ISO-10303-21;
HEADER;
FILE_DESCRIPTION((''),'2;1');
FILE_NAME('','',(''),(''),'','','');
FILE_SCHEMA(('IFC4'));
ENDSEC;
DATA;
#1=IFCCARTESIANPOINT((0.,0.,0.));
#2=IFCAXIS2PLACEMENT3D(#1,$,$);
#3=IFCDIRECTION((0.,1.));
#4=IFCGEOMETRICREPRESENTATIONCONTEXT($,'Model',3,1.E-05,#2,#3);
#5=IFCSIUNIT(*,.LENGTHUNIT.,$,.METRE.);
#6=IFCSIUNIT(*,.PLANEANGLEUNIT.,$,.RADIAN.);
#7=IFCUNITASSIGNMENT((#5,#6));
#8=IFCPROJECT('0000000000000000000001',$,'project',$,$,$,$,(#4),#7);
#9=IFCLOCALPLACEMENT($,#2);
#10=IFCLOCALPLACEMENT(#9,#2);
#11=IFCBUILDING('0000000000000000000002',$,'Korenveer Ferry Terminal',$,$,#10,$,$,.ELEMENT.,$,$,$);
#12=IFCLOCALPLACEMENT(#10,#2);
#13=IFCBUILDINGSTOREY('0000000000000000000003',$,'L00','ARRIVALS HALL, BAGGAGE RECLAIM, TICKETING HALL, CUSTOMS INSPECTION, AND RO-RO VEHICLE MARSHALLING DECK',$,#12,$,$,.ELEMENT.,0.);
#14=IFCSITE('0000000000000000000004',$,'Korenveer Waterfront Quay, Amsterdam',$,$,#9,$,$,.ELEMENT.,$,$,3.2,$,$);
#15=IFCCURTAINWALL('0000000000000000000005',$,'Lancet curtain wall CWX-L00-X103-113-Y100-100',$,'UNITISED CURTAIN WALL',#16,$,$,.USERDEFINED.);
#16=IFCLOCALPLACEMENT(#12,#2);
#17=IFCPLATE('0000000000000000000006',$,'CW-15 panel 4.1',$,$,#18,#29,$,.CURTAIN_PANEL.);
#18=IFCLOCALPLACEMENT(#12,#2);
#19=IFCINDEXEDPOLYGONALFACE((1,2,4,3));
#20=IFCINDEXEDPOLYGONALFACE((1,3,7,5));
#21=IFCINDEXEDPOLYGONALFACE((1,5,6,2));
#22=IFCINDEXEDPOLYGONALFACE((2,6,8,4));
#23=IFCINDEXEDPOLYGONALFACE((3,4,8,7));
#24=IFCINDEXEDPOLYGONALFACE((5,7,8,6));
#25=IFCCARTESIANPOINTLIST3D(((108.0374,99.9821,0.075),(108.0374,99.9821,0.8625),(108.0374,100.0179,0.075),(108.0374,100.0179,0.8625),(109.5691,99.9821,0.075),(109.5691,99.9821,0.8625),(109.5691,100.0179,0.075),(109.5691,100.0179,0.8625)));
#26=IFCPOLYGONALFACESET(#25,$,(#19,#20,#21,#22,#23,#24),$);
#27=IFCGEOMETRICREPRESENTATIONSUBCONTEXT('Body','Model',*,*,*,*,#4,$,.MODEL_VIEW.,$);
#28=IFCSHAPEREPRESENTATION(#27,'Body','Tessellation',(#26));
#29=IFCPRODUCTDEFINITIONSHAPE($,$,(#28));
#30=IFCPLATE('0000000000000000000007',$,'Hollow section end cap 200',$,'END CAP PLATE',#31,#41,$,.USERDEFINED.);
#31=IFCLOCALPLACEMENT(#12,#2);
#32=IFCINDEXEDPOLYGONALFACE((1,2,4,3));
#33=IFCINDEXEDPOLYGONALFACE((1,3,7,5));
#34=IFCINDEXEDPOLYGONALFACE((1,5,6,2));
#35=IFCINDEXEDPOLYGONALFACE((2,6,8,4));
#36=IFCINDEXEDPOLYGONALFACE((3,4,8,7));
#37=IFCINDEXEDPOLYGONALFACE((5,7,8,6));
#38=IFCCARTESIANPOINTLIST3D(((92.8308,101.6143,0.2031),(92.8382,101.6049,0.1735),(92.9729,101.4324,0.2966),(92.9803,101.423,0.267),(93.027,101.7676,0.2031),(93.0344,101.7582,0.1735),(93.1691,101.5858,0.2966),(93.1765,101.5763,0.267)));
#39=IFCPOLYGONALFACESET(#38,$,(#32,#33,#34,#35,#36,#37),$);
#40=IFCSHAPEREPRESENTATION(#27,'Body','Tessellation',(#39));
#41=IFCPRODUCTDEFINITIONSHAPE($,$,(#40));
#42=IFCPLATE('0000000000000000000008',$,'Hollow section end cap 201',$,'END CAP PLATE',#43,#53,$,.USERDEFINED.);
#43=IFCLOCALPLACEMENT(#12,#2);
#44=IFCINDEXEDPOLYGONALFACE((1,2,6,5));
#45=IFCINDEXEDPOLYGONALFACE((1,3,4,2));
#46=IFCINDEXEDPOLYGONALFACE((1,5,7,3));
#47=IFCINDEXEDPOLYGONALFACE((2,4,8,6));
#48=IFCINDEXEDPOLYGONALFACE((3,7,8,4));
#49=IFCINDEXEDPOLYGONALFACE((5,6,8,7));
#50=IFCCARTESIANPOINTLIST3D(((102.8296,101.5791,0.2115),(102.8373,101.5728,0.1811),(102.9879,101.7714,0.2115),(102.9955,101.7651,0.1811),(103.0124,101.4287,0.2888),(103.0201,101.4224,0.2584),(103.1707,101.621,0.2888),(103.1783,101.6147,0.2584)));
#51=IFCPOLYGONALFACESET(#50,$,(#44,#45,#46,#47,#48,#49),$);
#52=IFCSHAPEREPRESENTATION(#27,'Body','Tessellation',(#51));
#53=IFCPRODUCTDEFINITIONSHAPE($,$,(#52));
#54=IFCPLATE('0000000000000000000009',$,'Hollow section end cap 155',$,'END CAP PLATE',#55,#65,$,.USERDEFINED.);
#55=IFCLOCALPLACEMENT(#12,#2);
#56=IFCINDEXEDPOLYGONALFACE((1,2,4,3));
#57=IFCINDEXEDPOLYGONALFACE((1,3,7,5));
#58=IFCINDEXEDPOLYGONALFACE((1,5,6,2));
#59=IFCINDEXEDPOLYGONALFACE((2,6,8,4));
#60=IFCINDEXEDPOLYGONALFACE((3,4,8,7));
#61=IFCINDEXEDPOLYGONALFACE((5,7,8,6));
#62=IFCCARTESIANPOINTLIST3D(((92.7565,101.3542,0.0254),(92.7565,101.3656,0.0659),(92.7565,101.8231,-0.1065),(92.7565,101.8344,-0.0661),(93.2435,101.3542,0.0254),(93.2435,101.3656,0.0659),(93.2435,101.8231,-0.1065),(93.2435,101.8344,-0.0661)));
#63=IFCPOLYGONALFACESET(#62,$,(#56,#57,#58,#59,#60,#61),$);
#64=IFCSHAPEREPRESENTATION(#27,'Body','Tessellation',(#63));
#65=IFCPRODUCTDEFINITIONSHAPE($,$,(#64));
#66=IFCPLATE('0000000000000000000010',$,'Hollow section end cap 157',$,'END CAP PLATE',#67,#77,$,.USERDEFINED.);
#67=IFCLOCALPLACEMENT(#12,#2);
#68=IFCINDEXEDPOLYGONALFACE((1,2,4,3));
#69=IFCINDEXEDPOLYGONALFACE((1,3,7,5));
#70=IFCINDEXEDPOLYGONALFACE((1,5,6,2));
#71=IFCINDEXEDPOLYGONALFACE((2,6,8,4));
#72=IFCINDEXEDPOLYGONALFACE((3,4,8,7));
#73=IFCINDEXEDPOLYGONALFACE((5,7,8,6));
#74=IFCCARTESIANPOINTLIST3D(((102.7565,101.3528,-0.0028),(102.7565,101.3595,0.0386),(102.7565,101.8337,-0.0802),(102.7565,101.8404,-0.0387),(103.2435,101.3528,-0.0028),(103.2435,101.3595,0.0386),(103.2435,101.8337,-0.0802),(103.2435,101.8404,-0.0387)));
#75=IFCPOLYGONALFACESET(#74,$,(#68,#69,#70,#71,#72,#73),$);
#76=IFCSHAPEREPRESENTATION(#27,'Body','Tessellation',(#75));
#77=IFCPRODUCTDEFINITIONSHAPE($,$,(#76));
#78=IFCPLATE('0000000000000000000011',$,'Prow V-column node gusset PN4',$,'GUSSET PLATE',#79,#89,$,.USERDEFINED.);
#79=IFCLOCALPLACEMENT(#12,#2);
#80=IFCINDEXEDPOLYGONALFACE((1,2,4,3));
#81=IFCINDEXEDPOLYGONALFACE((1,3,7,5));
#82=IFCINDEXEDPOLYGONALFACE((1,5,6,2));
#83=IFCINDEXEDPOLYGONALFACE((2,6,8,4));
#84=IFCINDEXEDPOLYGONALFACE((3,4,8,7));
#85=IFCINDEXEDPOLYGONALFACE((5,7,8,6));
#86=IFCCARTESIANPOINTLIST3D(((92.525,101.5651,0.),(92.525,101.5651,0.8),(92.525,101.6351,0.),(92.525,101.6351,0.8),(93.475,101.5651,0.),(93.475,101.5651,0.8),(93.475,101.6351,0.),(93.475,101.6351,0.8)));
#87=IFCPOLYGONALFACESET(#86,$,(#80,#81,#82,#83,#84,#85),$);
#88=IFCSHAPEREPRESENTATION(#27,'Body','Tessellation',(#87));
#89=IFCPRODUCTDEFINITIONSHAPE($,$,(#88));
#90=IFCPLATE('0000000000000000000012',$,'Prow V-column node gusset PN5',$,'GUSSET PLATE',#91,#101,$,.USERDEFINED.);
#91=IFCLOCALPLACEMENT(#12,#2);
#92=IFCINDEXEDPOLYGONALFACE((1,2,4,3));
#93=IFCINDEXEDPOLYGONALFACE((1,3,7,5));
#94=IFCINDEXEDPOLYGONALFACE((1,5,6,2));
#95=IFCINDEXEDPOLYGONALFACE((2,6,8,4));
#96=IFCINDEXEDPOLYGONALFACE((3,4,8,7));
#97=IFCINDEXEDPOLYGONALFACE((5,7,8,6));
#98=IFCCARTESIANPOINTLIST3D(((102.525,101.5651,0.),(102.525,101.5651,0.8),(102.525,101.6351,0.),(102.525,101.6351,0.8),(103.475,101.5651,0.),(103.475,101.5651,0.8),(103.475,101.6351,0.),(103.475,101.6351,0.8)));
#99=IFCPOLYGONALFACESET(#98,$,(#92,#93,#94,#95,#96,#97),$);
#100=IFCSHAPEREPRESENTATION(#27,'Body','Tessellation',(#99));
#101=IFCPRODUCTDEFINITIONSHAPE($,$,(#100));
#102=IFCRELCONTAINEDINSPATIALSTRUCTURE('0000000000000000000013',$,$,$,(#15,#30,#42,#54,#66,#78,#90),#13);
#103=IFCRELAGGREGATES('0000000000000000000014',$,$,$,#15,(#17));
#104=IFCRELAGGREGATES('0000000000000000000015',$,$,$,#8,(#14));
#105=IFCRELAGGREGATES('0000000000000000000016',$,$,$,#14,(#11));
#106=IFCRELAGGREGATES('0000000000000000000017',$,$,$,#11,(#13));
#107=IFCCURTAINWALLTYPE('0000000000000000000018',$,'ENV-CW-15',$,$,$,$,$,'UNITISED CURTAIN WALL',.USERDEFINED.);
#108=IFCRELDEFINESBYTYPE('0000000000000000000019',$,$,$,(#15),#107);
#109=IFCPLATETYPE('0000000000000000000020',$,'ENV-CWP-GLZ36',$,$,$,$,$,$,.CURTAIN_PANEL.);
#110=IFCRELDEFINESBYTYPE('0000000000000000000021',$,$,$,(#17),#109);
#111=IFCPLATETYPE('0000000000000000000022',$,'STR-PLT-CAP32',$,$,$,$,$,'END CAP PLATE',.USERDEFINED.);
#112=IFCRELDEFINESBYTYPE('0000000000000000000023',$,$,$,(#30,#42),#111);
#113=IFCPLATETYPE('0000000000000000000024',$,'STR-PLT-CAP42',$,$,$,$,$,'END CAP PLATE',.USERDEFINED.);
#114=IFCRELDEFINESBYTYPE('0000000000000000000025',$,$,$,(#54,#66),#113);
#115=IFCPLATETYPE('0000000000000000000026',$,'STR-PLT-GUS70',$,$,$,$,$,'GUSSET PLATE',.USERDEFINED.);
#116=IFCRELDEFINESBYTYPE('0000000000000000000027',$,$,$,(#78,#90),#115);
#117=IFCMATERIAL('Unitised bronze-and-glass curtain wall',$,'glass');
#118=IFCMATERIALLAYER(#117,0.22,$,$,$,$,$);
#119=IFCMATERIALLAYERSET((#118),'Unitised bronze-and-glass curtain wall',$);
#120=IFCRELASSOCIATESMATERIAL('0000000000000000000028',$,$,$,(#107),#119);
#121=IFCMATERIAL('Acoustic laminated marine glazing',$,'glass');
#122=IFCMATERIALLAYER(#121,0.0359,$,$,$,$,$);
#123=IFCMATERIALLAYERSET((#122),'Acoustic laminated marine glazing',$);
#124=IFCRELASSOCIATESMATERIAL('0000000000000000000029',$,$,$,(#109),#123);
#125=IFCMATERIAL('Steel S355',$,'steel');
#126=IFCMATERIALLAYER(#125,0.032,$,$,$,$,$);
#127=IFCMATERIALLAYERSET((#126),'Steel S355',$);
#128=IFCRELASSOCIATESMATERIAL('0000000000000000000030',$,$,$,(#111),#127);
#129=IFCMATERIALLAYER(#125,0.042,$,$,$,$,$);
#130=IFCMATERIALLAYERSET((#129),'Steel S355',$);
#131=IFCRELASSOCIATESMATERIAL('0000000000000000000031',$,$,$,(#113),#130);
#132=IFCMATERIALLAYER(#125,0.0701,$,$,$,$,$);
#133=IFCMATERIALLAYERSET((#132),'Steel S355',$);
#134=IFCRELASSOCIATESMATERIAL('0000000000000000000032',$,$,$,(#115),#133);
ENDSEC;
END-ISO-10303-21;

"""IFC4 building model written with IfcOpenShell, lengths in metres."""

from ifc_helpers import new_model, si_unit, direction, frame, origin, origin_2d, place, context, subcontext, project, spatial, rectangle, extrude, material, layer, layer_set, type_object, element, aggregate, save


model = new_model("IFC4")

# Units and contexts
model_context = context("Model", 3, precision=1e-05, world=origin(), true_north=direction((0.0, 1.0)))
body_context = subcontext(model_context, "Body", "Model", "MODEL_VIEW")
ifc_project = project(units=[si_unit("LENGTHUNIT", "METRE"), si_unit("PLANEANGLEUNIT", "RADIAN")], contexts=[model_context])

# Site, building, storey
site_placement = place(None, origin())
site = spatial("IfcSite", under=ifc_project, at=site_placement, Name="Korenveer Waterfront Quay, Amsterdam", CompositionType="ELEMENT", RefElevation=3.2)
building_placement = place(site_placement, origin())
building = spatial("IfcBuilding", under=site, at=building_placement, Name="Korenveer Ferry Terminal", CompositionType="ELEMENT")
storey_placement = place(building_placement, origin())
storey = spatial("IfcBuildingStorey", under=building, at=storey_placement, Name="L00", Description="ARRIVALS HALL, BAGGAGE RECLAIM, TICKETING HALL, CUSTOMS INSPECTION, AND RO-RO VEHICLE MARSHALLING DECK", CompositionType="ELEMENT", Elevation=0.0)

# Shared definitions
ifc_material_1 = material(Name="Steel S355", Category="steel")

# Curtain wall
ifc_material_2 = material(Name="Unitised bronze-and-glass curtain wall", Category="glass")
ifc_layer_1 = layer(ifc_material_2, 0.22)
ifc_layer_set_1 = layer_set([ifc_layer_1], Name="Unitised bronze-and-glass curtain wall")
curtain_wall_type = type_object("IfcCurtainWallType", Name="ENV-CW-15", ElementType="UNITISED CURTAIN WALL", PredefinedType="USERDEFINED", material=ifc_layer_set_1)
curtain_wall_placement = place(storey_placement, frame((103.1799, 100.0, 0.0)))
curtain_wall = element("IfcCurtainWall", 1, at=curtain_wall_placement, inside=storey, type_object=curtain_wall_type, Name="Lancet curtain wall CWX-L00-X103-113-Y100-100", ObjectType="UNITISED CURTAIN WALL", PredefinedType="USERDEFINED")

# Plate
ifc_material_3 = material(Name="Acoustic laminated marine glazing", Category="glass")
ifc_layer_2 = layer(ifc_material_3, 0.0359)
ifc_layer_set_2 = layer_set([ifc_layer_2], Name="Acoustic laminated marine glazing")
plate_type_1 = type_object("IfcPlateType", Name="ENV-CWP-GLZ36", PredefinedType="CURTAIN_PANEL", material=ifc_layer_set_2)
plate_1_placement = place(storey_placement, frame((108.8032, 100.0, 0.075), z_axis=(0.0, 0.0, 1.0), x_axis=(1.0, 0.0, 0.0)))
plate_1 = element("IfcPlate", 2, at=plate_1_placement, type_object=plate_type_1, Name="CW-15 panel 4.1", PredefinedType="CURTAIN_PANEL", context=body_context, shape_type="SweptSolid", body=[
    extrude(rectangle(XDim=1.5317, YDim=0.0359, at=origin_2d()), origin(), (0.0, 0.0, 1.0), 0.7876),
])
aggregate(curtain_wall, [plate_1])

# Plates
ifc_layer_3 = layer(ifc_material_1, 0.032)
ifc_layer_set_3 = layer_set([ifc_layer_3], Name="Steel S355")
plate_type_2 = type_object("IfcPlateType", Name="STR-PLT-CAP32", ElementType="END CAP PLATE", PredefinedType="USERDEFINED", material=ifc_layer_set_3)
for number, where, z_axis, x_axis, name in (
    (3, (93.0073, 101.5906, 0.2202), (-0.231151, 0.295873, 0.926838), (-0.788024, -0.615644, 0.0), "Hollow section end cap 200"),
    (4, (103.0078, 101.5938, 0.2197), (-0.239571, 0.197132, 0.950655), (-0.635398, -0.772185, 0.0), "Hollow section end cap 201"),
):
    element("IfcPlate", number, at=place(storey_placement, frame(where, z_axis=z_axis, x_axis=x_axis)), inside=storey, type_object=plate_type_2, Name=name, ObjectType="END CAP PLATE", PredefinedType="USERDEFINED", context=body_context, shape_type="SweptSolid", body=[
        extrude(rectangle(XDim=0.249, YDim=0.249, at=origin_2d()), origin(), (0.0, 0.0, 1.0), 0.032),
    ])
ifc_layer_4 = layer(ifc_material_1, 0.042)
ifc_layer_set_4 = layer_set([ifc_layer_4], Name="Steel S355")
plate_type_3 = type_object("IfcPlateType", Name="STR-PLT-CAP42", ElementType="END CAP PLATE", PredefinedType="USERDEFINED", material=ifc_layer_set_4)
for number, where, z_axis, x_axis, name in (
    (5, (93.0, 101.5886, -0.0405), (0.0, 0.270842, 0.962624), (-1.0, 0.0, 0.0), "Hollow section end cap 155"),
    (6, (103.0, 101.5933, -0.0415), (0.0, 0.158775, 0.987315), (-1.0, 0.0, 0.0), "Hollow section end cap 157"),
):
    element("IfcPlate", number, at=place(storey_placement, frame(where, z_axis=z_axis, x_axis=x_axis)), inside=storey, type_object=plate_type_3, Name=name, ObjectType="END CAP PLATE", PredefinedType="USERDEFINED", context=body_context, shape_type="SweptSolid", body=[
        extrude(rectangle(XDim=0.4871, YDim=0.4871, at=origin_2d()), origin(), (0.0, 0.0, 1.0), 0.042),
    ])
ifc_layer_5 = layer(ifc_material_1, 0.0701)
ifc_layer_set_5 = layer_set([ifc_layer_5], Name="Steel S355")
plate_type_4 = type_object("IfcPlateType", Name="STR-PLT-GUS70", ElementType="GUSSET PLATE", PredefinedType="USERDEFINED", material=ifc_layer_set_5)
for number, where, z_axis, x_axis, name in (
    (7, (93.0, 101.6001, 0.0), (0.0, 0.0, 1.0), (1.0, 0.0, 0.0), "Prow V-column node gusset PN4"),
    (8, (103.0, 101.6001, 0.0), (0.0, 0.0, 1.0), (1.0, 0.0, 0.0), "Prow V-column node gusset PN5"),
):
    element("IfcPlate", number, at=place(storey_placement, frame(where, z_axis=z_axis, x_axis=x_axis)), inside=storey, type_object=plate_type_4, Name=name, ObjectType="GUSSET PLATE", PredefinedType="USERDEFINED", context=body_context, shape_type="SweptSolid", body=[
        extrude(rectangle(XDim=0.95, YDim=0.0701, at=origin_2d()), origin(), (0.0, 0.0, 1.0), 0.8),
    ])

save(model, "model.ifc")
